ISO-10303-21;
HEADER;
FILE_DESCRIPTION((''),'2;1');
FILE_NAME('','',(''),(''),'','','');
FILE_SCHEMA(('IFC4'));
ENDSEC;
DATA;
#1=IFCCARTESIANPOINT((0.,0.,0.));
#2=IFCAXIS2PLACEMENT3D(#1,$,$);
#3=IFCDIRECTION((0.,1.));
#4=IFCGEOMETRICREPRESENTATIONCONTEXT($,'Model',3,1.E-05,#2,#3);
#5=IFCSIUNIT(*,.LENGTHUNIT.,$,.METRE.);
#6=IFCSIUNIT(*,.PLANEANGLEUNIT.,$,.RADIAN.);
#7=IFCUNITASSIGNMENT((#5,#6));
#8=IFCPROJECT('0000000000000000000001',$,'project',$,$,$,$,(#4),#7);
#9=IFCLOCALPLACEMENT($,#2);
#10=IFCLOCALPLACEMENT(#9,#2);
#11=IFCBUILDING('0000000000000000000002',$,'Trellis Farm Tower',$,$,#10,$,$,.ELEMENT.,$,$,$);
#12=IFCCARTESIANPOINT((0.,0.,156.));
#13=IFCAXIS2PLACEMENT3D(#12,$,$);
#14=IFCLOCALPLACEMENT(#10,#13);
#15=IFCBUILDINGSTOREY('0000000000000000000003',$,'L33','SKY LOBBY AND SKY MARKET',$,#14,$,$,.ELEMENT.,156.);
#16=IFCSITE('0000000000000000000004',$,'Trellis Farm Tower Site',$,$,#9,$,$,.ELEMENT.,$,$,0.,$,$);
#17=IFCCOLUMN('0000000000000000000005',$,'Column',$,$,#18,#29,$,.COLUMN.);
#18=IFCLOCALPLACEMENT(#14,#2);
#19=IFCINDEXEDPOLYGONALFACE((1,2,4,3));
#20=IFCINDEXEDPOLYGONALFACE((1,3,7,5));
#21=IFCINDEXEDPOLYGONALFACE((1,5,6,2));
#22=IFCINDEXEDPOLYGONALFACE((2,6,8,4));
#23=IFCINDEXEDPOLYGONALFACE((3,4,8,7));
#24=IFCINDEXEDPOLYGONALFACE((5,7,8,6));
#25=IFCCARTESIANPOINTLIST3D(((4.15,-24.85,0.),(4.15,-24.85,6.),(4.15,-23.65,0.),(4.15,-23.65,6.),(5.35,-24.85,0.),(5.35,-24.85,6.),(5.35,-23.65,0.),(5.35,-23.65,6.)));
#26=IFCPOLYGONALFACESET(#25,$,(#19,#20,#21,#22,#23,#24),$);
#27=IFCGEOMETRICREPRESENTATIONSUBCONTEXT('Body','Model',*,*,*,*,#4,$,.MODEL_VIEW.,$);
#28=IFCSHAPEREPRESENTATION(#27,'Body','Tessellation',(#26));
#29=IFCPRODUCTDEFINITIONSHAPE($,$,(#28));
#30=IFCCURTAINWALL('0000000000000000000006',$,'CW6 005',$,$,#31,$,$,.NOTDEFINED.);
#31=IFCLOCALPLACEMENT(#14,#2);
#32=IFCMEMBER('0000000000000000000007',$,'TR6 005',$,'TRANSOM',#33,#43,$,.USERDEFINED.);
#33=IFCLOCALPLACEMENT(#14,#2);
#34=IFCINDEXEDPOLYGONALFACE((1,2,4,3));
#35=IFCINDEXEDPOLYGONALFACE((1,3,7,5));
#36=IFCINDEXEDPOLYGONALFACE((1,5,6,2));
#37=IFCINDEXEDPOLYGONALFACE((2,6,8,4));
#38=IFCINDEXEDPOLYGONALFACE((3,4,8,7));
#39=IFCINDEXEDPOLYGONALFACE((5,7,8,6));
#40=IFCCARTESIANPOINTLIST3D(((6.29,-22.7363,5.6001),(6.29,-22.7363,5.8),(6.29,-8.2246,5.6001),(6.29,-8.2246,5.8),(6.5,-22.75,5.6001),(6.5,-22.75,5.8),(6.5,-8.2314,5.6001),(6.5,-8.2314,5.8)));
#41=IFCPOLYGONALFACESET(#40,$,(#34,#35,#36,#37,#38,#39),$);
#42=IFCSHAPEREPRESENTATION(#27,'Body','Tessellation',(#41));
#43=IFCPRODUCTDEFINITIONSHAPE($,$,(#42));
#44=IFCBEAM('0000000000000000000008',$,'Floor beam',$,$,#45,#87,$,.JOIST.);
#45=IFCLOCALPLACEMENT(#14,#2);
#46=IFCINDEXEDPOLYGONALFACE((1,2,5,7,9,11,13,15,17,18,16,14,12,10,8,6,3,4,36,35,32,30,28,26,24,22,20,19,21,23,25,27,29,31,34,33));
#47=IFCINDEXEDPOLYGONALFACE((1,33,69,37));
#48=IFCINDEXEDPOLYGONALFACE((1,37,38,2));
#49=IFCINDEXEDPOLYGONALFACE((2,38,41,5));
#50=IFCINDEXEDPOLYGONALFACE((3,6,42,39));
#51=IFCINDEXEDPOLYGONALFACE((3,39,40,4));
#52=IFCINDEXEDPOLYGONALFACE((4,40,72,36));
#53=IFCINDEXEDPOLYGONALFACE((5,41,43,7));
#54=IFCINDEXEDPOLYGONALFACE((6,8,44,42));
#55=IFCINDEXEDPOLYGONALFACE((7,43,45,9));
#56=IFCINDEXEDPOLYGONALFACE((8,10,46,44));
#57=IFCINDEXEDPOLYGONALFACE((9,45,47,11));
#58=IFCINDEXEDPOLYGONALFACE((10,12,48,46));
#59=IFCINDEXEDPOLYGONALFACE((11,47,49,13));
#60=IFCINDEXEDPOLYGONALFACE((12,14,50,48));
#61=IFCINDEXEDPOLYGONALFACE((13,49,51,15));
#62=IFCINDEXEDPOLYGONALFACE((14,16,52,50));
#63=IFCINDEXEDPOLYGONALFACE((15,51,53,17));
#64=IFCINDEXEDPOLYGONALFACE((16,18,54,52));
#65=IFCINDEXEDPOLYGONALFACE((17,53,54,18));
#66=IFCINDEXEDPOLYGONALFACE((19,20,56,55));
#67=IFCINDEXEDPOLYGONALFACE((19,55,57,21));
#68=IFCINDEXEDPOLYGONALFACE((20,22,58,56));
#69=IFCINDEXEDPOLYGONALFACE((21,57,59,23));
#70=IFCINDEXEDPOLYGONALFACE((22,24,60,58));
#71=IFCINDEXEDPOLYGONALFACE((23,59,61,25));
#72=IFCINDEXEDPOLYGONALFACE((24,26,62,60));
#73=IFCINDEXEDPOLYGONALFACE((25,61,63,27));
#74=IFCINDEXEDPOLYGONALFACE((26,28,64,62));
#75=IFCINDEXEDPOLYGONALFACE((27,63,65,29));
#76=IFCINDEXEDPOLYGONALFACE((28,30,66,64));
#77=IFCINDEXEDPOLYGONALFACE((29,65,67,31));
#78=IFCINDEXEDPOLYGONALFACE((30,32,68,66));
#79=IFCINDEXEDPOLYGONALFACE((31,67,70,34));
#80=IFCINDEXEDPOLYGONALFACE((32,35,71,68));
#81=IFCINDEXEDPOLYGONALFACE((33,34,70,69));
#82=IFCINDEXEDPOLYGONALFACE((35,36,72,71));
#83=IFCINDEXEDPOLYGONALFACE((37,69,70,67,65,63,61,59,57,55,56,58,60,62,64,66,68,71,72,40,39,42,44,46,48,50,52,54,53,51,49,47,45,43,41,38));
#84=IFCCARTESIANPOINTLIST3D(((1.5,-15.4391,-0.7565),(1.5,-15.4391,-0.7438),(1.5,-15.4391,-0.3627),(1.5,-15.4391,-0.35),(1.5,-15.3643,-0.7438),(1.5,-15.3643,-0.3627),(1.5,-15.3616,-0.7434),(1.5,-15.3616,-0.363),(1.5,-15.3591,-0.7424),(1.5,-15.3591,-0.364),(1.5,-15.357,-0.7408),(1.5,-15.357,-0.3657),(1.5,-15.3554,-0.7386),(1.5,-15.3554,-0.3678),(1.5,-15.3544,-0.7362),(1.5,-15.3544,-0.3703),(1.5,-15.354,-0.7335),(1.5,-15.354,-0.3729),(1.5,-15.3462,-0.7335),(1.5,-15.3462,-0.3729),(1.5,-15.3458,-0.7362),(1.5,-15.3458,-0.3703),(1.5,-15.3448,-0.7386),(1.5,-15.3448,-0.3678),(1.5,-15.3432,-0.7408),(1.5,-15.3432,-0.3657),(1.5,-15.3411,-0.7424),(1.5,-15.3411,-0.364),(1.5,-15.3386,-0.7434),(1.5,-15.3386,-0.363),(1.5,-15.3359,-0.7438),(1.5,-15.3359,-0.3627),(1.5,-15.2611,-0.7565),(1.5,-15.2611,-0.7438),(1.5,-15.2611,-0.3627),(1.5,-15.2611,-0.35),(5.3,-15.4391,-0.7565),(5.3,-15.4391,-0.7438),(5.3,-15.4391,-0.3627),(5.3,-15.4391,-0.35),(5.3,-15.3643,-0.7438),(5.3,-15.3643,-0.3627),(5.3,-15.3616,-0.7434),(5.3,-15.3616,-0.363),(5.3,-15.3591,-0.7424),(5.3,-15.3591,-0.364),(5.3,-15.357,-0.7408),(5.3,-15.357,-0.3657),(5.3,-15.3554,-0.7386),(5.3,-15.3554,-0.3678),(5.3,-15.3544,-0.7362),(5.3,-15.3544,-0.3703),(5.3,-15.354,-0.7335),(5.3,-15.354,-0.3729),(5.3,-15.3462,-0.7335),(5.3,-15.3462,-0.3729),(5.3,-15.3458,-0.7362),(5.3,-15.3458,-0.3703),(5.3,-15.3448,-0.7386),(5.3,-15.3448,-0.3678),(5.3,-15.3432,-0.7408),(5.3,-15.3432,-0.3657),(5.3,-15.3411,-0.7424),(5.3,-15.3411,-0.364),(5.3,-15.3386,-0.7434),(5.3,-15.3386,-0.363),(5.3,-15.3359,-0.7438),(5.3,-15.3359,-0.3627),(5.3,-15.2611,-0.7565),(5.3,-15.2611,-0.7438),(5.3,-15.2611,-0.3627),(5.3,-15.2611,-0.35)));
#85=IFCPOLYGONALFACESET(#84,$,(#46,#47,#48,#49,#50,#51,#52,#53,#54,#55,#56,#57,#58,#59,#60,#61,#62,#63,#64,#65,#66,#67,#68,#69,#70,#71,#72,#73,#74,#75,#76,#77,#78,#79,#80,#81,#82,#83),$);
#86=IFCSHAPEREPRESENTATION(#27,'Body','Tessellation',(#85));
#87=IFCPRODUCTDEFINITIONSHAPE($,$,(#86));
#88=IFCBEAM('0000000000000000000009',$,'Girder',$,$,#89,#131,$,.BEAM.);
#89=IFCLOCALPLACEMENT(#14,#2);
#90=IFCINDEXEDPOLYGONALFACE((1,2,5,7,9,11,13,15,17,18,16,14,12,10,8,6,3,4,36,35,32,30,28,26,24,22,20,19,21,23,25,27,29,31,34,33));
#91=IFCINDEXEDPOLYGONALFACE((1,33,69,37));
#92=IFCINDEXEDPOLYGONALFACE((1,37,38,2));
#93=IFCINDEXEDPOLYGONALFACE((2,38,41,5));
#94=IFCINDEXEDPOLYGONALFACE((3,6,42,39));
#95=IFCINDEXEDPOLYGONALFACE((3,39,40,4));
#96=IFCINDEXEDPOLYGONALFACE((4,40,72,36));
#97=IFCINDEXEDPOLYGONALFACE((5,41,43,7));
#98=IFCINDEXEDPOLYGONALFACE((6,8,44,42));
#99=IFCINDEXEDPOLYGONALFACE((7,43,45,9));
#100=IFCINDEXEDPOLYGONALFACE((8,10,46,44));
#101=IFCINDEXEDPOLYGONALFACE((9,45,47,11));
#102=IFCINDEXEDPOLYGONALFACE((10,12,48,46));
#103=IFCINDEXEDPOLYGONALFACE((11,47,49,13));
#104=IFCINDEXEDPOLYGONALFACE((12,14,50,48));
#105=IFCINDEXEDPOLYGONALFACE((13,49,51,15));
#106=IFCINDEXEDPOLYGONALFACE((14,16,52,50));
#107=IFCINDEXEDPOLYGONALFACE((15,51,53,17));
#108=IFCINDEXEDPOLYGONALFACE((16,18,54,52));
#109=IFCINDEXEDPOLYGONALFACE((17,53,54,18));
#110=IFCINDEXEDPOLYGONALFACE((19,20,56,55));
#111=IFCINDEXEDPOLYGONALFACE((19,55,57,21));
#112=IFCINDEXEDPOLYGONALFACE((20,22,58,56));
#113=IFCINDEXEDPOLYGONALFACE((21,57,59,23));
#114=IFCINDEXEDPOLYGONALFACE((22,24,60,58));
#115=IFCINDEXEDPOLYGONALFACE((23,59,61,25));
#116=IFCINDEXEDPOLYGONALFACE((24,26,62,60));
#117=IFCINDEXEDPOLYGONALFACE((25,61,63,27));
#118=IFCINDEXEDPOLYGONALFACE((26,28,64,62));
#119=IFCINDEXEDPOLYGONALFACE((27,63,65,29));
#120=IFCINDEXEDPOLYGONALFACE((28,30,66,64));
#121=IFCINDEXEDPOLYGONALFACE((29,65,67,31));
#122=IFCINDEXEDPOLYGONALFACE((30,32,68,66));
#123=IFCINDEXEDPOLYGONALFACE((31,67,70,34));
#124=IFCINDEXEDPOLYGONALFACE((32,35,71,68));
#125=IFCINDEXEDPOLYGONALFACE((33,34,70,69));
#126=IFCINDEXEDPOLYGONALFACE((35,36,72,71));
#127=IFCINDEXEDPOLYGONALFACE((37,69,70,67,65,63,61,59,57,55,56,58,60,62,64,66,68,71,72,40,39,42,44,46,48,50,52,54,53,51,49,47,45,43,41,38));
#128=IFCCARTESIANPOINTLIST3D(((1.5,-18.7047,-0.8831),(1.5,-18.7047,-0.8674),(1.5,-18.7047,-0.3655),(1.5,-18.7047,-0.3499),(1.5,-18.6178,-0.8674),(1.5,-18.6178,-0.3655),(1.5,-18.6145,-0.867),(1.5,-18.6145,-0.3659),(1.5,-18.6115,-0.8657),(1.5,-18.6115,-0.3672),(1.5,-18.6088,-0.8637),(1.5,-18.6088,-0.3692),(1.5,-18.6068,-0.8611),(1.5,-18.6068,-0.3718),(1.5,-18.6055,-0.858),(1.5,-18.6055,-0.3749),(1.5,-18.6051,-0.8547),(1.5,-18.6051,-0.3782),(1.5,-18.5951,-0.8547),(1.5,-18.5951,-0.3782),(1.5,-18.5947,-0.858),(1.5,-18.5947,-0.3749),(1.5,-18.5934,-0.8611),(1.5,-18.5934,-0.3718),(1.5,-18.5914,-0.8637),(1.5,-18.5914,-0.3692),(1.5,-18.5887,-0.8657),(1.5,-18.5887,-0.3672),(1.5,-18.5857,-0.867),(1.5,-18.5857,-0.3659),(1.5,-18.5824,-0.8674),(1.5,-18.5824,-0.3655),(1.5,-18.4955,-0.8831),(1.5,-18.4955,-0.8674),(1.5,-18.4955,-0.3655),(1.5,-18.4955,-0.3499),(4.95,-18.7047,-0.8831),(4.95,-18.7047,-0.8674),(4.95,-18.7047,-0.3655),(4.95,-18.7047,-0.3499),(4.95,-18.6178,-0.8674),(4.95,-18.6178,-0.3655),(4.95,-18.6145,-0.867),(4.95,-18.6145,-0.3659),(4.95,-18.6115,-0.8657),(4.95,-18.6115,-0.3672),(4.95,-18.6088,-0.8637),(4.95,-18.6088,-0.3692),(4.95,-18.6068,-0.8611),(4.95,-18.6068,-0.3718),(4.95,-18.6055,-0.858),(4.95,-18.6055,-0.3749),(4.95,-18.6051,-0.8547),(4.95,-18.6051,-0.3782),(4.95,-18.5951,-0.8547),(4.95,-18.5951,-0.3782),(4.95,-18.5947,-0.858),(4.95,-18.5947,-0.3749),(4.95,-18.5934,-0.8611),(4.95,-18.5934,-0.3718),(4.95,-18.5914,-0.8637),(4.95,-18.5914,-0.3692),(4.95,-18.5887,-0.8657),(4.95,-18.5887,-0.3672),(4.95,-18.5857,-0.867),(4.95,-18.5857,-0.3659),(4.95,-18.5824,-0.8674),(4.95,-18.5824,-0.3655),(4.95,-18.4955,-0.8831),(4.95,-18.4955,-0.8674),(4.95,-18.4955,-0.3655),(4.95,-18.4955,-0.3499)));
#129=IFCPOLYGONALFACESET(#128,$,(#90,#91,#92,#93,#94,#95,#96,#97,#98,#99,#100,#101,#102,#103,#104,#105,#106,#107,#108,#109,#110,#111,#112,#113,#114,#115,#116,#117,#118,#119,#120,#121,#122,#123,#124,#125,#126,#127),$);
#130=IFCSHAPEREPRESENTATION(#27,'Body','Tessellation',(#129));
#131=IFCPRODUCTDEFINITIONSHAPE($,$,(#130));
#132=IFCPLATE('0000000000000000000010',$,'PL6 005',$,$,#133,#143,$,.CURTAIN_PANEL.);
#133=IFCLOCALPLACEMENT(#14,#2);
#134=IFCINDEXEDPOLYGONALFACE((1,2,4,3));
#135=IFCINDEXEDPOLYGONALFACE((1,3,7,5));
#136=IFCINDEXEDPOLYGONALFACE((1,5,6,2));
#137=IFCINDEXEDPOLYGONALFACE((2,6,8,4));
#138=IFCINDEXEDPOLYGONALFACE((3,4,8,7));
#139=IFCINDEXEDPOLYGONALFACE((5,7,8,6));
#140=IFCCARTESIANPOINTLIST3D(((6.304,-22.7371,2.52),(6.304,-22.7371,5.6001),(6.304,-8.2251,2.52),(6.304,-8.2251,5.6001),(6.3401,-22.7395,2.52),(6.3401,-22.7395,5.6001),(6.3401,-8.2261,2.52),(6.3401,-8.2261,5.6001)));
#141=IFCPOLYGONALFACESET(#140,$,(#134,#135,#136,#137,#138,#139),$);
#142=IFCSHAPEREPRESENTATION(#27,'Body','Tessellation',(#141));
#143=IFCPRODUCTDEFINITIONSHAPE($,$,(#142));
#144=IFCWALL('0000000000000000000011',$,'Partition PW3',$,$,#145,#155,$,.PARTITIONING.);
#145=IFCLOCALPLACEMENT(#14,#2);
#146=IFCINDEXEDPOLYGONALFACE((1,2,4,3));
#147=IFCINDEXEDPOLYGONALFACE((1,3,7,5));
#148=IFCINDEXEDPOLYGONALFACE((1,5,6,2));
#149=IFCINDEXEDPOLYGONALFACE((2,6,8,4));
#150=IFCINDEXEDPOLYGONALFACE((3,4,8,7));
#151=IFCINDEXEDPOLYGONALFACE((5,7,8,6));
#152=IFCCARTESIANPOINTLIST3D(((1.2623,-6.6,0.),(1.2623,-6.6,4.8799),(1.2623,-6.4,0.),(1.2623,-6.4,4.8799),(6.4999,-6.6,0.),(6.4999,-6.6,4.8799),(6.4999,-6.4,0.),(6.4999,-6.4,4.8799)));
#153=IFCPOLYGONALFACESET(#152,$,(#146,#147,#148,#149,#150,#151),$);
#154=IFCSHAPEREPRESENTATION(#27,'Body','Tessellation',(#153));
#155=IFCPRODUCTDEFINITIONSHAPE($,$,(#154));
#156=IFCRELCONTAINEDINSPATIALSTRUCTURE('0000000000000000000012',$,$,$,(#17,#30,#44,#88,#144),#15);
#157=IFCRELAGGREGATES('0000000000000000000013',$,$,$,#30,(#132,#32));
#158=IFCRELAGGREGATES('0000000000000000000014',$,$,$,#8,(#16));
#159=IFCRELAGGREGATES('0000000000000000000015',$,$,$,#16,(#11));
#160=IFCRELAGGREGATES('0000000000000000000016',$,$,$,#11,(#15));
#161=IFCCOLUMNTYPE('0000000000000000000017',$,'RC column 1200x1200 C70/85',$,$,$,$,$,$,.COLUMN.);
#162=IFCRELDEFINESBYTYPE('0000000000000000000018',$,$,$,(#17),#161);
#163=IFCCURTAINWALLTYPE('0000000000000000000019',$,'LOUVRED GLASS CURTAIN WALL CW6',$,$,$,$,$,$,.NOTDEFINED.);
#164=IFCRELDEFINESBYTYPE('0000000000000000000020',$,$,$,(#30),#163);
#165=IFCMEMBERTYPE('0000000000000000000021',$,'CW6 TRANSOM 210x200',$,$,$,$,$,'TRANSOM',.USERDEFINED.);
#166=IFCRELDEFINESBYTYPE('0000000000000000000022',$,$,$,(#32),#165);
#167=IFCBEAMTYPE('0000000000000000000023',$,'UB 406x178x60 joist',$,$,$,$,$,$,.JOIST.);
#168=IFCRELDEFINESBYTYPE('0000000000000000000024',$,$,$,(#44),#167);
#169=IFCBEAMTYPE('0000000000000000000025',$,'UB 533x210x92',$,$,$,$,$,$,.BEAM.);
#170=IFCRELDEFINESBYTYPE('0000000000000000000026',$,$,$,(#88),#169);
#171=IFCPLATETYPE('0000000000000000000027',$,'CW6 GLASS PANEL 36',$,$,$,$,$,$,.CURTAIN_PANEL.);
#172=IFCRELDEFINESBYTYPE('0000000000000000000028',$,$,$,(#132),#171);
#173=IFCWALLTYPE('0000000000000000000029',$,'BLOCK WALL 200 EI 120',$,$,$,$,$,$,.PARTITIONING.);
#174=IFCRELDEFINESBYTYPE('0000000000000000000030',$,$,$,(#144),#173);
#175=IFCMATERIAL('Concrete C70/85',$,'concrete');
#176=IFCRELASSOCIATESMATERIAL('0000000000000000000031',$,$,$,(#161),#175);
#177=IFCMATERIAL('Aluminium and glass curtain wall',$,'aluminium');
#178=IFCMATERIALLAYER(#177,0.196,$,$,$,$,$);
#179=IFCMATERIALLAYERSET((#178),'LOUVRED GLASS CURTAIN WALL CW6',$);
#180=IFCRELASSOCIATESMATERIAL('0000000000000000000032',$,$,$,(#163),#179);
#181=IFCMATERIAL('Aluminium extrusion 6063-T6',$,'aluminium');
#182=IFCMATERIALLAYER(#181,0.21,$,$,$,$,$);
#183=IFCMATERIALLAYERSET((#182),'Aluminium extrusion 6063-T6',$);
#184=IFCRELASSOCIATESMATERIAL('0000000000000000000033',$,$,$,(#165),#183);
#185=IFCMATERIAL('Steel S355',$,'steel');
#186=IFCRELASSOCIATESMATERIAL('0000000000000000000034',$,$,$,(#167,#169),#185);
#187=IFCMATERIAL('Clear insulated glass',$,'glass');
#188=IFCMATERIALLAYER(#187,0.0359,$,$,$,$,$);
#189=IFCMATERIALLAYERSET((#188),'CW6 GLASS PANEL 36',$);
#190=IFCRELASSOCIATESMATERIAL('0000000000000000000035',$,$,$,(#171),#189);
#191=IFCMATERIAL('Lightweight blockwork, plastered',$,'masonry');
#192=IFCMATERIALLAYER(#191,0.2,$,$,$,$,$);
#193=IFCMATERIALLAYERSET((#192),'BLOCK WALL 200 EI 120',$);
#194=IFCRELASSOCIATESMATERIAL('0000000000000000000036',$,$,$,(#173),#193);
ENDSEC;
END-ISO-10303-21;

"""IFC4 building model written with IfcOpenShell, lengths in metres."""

from ifc_helpers import new_model, si_unit, direction, frame, frame_2d, origin, origin_2d, place, context, subcontext, project, spatial, polyline, rectangle, i_section, outline, extrude, source, transform, mapped, material, layer, layer_set, material_profile, profile_set, type_object, element, aggregate, save


model = new_model("IFC4")

# Units and contexts
model_context = context("Model", 3, precision=1e-05, world=origin(), true_north=direction((0.0, 1.0)))
body_context = subcontext(model_context, "Body", "Model", "MODEL_VIEW")
ifc_project = project(units=[si_unit("LENGTHUNIT", "METRE"), si_unit("PLANEANGLEUNIT", "RADIAN")], contexts=[model_context])

# Site, building, storey
site_placement = place(None, origin())
site = spatial("IfcSite", under=ifc_project, at=site_placement, Name="Trellis Farm Tower Site", CompositionType="ELEMENT", RefElevation=0.0)
building_placement = place(site_placement, origin())
building = spatial("IfcBuilding", under=site, at=building_placement, Name="Trellis Farm Tower", CompositionType="ELEMENT")
storey_placement = place(building_placement, frame((0.0, 0.0, 156.0)))
storey = spatial("IfcBuildingStorey", under=building, at=storey_placement, Name="L33", Description="SKY LOBBY AND SKY MARKET", CompositionType="ELEMENT", Elevation=156.0)

# Column
ifc_material_1 = material(Name="Concrete C70/85", Category="concrete")
ifc_material_profile_1 = material_profile(ifc_material_1, rectangle(XDim=1.2, YDim=1.2, at=origin_2d()), Name="RC column 1200x1200 C70/85")
ifc_profile_set_1 = profile_set([ifc_material_profile_1], Name="Concrete C70/85")
column_type = type_object("IfcColumnType", Name="RC column 1200x1200 C70/85", PredefinedType="COLUMN", material=ifc_profile_set_1)
shared_shape_1 = source(origin(), body_context, "Body", "SweptSolid", [
    extrude(rectangle(XDim=1.2, YDim=1.2, at=origin_2d()), origin(), (0.0, 0.0, 1.0), 6.0),
])
column_placement = place(storey_placement, frame((4.75, -24.25, 0.0), z_axis=(0.0, 0.0, 1.0), x_axis=(1.0, 0.0, 0.0)))
element("IfcColumn", 1, at=column_placement, inside=storey, type_object=column_type, Name="Column", PredefinedType="COLUMN", context=body_context, shape_type="MappedRepresentation", body=[
    mapped(shared_shape_1, transform((0.0, 0.0, 0.0))),
])

# Curtain wall, member
ifc_material_2 = material(Name="Aluminium and glass curtain wall", Category="aluminium")
ifc_layer_1 = layer(ifc_material_2, 0.196)
ifc_layer_set_1 = layer_set([ifc_layer_1], Name="LOUVRED GLASS CURTAIN WALL CW6")
curtain_wall_type = type_object("IfcCurtainWallType", Name="LOUVRED GLASS CURTAIN WALL CW6", PredefinedType="NOTDEFINED", material=ifc_layer_set_1)
placement = place(storey_placement, origin())
curtain_wall = element("IfcCurtainWall", 2, at=placement, inside=storey, type_object=curtain_wall_type, Name="CW6 005", PredefinedType="NOTDEFINED")
ifc_material_3 = material(Name="Aluminium extrusion 6063-T6", Category="aluminium")
ifc_layer_2 = layer(ifc_material_3, 0.21)
ifc_layer_set_2 = layer_set([ifc_layer_2], Name="Aluminium extrusion 6063-T6")
member_type = type_object("IfcMemberType", Name="CW6 TRANSOM 210x200", ElementType="TRANSOM", PredefinedType="USERDEFINED", material=ifc_layer_set_2)
member_placement = place(storey_placement, frame((0.0, 0.0, 5.6001)))
member = element("IfcMember", 3, at=member_placement, type_object=member_type, Name="TR6 005", ObjectType="TRANSOM", PredefinedType="USERDEFINED", context=body_context, shape_type="SweptSolid", body=[
    extrude(outline(polyline([(6.5, -22.75), (6.5, -8.2314), (6.29, -8.2246), (6.29, -22.7363), (6.5, -22.75)])), origin(), (0.0, 0.0, 1.0), 0.2),
])

# Beams
ifc_material_4 = material(Name="Steel S355", Category="steel")
ifc_material_profile_2 = material_profile(ifc_material_4, i_section(OverallWidth=0.178, OverallDepth=0.4065, WebThickness=0.0078, FlangeThickness=0.0127, FilletRadius=0.0103, at=origin_2d()), Name="UB 406x178x60")
ifc_profile_set_2 = profile_set([ifc_material_profile_2], Name="Steel S355")
beam_type_1 = type_object("IfcBeamType", Name="UB 406x178x60 joist", PredefinedType="JOIST", material=ifc_profile_set_2)
shared_shape_2 = source(origin(), body_context, "Body", "SweptSolid", [
    extrude(i_section(OverallWidth=0.178, OverallDepth=0.4065, WebThickness=0.0078, FlangeThickness=0.0127, FilletRadius=0.0103, at=origin_2d()), origin(), (0.0, 0.0, 1.0), 3.8),
])
beam_1_placement = place(storey_placement, frame((1.5, -15.3501, -0.5532), z_axis=(1.0, 0.0, 0.0), x_axis=(0.0, 1.0, 0.0)))
element("IfcBeam", 4, at=beam_1_placement, inside=storey, type_object=beam_type_1, Name="Floor beam", PredefinedType="JOIST", context=body_context, shape_type="MappedRepresentation", body=[
    mapped(shared_shape_2, transform((0.0, 0.0, 0.0))),
])
ifc_material_profile_3 = material_profile(ifc_material_4, i_section(OverallWidth=0.2092, OverallDepth=0.5332, WebThickness=0.01, FlangeThickness=0.0156, FilletRadius=0.0127, at=origin_2d()), Name="UB 533x210x92")
ifc_profile_set_3 = profile_set([ifc_material_profile_3], Name="Steel S355")
beam_type_2 = type_object("IfcBeamType", Name="UB 533x210x92", PredefinedType="BEAM", material=ifc_profile_set_3)
shared_shape_3 = source(origin(), body_context, "Body", "SweptSolid", [
    extrude(i_section(OverallWidth=0.2092, OverallDepth=0.5332, WebThickness=0.01, FlangeThickness=0.0156, FilletRadius=0.0127, at=origin_2d()), origin(), (0.0, 0.0, 1.0), 3.45),
])
beam_2_placement = place(storey_placement, frame((1.5, -18.6001, -0.6165), z_axis=(1.0, 0.0, 0.0), x_axis=(0.0, 1.0, 0.0)))
element("IfcBeam", 5, at=beam_2_placement, inside=storey, type_object=beam_type_2, Name="Girder", PredefinedType="BEAM", context=body_context, shape_type="MappedRepresentation", body=[
    mapped(shared_shape_3, transform((0.0, 0.0, 0.0))),
])

# Plate
ifc_material_5 = material(Name="Clear insulated glass", Category="glass")
ifc_layer_3 = layer(ifc_material_5, 0.0359)
ifc_layer_set_3 = layer_set([ifc_layer_3], Name="CW6 GLASS PANEL 36")
plate_type = type_object("IfcPlateType", Name="CW6 GLASS PANEL 36", PredefinedType="CURTAIN_PANEL", material=ifc_layer_set_3)
plate_placement = place(storey_placement, frame((0.0, 0.0, 2.52)))
plate = element("IfcPlate", 6, at=plate_placement, type_object=plate_type, Name="PL6 005", PredefinedType="CURTAIN_PANEL", context=body_context, shape_type="SweptSolid", body=[
    extrude(outline(polyline([(6.3401, -22.7395), (6.3401, -8.2261), (6.304, -8.2251), (6.304, -22.7371), (6.3401, -22.7395)])), origin(), (0.0, 0.0, 1.0), 3.0801),
])

# Wall
ifc_material_6 = material(Name="Lightweight blockwork, plastered", Category="masonry")
ifc_layer_4 = layer(ifc_material_6, 0.2)
ifc_layer_set_4 = layer_set([ifc_layer_4], Name="BLOCK WALL 200 EI 120")
wall_type_1 = type_object("IfcWallType", Name="BLOCK WALL 200 EI 120", PredefinedType="PARTITIONING", material=ifc_layer_set_4)
wall_1_placement = place(storey_placement, frame((1.2625, -6.5, 0.0), z_axis=(0.0, 0.0, 1.0), x_axis=(1.0, 0.0, 0.0)))
element("IfcWall", 7, at=wall_1_placement, inside=storey, type_object=wall_type_1, Name="Partition PW3", PredefinedType="PARTITIONING", context=body_context, shape_type="SweptSolid", body=[
    extrude(rectangle(XDim=5.2375, YDim=0.2, at=frame_2d((2.6187, 0.0))), origin(), (0.0, 0.0, 1.0), 4.8799),
])

aggregate(curtain_wall, [plate, member])

save(model, "model.ifc")
